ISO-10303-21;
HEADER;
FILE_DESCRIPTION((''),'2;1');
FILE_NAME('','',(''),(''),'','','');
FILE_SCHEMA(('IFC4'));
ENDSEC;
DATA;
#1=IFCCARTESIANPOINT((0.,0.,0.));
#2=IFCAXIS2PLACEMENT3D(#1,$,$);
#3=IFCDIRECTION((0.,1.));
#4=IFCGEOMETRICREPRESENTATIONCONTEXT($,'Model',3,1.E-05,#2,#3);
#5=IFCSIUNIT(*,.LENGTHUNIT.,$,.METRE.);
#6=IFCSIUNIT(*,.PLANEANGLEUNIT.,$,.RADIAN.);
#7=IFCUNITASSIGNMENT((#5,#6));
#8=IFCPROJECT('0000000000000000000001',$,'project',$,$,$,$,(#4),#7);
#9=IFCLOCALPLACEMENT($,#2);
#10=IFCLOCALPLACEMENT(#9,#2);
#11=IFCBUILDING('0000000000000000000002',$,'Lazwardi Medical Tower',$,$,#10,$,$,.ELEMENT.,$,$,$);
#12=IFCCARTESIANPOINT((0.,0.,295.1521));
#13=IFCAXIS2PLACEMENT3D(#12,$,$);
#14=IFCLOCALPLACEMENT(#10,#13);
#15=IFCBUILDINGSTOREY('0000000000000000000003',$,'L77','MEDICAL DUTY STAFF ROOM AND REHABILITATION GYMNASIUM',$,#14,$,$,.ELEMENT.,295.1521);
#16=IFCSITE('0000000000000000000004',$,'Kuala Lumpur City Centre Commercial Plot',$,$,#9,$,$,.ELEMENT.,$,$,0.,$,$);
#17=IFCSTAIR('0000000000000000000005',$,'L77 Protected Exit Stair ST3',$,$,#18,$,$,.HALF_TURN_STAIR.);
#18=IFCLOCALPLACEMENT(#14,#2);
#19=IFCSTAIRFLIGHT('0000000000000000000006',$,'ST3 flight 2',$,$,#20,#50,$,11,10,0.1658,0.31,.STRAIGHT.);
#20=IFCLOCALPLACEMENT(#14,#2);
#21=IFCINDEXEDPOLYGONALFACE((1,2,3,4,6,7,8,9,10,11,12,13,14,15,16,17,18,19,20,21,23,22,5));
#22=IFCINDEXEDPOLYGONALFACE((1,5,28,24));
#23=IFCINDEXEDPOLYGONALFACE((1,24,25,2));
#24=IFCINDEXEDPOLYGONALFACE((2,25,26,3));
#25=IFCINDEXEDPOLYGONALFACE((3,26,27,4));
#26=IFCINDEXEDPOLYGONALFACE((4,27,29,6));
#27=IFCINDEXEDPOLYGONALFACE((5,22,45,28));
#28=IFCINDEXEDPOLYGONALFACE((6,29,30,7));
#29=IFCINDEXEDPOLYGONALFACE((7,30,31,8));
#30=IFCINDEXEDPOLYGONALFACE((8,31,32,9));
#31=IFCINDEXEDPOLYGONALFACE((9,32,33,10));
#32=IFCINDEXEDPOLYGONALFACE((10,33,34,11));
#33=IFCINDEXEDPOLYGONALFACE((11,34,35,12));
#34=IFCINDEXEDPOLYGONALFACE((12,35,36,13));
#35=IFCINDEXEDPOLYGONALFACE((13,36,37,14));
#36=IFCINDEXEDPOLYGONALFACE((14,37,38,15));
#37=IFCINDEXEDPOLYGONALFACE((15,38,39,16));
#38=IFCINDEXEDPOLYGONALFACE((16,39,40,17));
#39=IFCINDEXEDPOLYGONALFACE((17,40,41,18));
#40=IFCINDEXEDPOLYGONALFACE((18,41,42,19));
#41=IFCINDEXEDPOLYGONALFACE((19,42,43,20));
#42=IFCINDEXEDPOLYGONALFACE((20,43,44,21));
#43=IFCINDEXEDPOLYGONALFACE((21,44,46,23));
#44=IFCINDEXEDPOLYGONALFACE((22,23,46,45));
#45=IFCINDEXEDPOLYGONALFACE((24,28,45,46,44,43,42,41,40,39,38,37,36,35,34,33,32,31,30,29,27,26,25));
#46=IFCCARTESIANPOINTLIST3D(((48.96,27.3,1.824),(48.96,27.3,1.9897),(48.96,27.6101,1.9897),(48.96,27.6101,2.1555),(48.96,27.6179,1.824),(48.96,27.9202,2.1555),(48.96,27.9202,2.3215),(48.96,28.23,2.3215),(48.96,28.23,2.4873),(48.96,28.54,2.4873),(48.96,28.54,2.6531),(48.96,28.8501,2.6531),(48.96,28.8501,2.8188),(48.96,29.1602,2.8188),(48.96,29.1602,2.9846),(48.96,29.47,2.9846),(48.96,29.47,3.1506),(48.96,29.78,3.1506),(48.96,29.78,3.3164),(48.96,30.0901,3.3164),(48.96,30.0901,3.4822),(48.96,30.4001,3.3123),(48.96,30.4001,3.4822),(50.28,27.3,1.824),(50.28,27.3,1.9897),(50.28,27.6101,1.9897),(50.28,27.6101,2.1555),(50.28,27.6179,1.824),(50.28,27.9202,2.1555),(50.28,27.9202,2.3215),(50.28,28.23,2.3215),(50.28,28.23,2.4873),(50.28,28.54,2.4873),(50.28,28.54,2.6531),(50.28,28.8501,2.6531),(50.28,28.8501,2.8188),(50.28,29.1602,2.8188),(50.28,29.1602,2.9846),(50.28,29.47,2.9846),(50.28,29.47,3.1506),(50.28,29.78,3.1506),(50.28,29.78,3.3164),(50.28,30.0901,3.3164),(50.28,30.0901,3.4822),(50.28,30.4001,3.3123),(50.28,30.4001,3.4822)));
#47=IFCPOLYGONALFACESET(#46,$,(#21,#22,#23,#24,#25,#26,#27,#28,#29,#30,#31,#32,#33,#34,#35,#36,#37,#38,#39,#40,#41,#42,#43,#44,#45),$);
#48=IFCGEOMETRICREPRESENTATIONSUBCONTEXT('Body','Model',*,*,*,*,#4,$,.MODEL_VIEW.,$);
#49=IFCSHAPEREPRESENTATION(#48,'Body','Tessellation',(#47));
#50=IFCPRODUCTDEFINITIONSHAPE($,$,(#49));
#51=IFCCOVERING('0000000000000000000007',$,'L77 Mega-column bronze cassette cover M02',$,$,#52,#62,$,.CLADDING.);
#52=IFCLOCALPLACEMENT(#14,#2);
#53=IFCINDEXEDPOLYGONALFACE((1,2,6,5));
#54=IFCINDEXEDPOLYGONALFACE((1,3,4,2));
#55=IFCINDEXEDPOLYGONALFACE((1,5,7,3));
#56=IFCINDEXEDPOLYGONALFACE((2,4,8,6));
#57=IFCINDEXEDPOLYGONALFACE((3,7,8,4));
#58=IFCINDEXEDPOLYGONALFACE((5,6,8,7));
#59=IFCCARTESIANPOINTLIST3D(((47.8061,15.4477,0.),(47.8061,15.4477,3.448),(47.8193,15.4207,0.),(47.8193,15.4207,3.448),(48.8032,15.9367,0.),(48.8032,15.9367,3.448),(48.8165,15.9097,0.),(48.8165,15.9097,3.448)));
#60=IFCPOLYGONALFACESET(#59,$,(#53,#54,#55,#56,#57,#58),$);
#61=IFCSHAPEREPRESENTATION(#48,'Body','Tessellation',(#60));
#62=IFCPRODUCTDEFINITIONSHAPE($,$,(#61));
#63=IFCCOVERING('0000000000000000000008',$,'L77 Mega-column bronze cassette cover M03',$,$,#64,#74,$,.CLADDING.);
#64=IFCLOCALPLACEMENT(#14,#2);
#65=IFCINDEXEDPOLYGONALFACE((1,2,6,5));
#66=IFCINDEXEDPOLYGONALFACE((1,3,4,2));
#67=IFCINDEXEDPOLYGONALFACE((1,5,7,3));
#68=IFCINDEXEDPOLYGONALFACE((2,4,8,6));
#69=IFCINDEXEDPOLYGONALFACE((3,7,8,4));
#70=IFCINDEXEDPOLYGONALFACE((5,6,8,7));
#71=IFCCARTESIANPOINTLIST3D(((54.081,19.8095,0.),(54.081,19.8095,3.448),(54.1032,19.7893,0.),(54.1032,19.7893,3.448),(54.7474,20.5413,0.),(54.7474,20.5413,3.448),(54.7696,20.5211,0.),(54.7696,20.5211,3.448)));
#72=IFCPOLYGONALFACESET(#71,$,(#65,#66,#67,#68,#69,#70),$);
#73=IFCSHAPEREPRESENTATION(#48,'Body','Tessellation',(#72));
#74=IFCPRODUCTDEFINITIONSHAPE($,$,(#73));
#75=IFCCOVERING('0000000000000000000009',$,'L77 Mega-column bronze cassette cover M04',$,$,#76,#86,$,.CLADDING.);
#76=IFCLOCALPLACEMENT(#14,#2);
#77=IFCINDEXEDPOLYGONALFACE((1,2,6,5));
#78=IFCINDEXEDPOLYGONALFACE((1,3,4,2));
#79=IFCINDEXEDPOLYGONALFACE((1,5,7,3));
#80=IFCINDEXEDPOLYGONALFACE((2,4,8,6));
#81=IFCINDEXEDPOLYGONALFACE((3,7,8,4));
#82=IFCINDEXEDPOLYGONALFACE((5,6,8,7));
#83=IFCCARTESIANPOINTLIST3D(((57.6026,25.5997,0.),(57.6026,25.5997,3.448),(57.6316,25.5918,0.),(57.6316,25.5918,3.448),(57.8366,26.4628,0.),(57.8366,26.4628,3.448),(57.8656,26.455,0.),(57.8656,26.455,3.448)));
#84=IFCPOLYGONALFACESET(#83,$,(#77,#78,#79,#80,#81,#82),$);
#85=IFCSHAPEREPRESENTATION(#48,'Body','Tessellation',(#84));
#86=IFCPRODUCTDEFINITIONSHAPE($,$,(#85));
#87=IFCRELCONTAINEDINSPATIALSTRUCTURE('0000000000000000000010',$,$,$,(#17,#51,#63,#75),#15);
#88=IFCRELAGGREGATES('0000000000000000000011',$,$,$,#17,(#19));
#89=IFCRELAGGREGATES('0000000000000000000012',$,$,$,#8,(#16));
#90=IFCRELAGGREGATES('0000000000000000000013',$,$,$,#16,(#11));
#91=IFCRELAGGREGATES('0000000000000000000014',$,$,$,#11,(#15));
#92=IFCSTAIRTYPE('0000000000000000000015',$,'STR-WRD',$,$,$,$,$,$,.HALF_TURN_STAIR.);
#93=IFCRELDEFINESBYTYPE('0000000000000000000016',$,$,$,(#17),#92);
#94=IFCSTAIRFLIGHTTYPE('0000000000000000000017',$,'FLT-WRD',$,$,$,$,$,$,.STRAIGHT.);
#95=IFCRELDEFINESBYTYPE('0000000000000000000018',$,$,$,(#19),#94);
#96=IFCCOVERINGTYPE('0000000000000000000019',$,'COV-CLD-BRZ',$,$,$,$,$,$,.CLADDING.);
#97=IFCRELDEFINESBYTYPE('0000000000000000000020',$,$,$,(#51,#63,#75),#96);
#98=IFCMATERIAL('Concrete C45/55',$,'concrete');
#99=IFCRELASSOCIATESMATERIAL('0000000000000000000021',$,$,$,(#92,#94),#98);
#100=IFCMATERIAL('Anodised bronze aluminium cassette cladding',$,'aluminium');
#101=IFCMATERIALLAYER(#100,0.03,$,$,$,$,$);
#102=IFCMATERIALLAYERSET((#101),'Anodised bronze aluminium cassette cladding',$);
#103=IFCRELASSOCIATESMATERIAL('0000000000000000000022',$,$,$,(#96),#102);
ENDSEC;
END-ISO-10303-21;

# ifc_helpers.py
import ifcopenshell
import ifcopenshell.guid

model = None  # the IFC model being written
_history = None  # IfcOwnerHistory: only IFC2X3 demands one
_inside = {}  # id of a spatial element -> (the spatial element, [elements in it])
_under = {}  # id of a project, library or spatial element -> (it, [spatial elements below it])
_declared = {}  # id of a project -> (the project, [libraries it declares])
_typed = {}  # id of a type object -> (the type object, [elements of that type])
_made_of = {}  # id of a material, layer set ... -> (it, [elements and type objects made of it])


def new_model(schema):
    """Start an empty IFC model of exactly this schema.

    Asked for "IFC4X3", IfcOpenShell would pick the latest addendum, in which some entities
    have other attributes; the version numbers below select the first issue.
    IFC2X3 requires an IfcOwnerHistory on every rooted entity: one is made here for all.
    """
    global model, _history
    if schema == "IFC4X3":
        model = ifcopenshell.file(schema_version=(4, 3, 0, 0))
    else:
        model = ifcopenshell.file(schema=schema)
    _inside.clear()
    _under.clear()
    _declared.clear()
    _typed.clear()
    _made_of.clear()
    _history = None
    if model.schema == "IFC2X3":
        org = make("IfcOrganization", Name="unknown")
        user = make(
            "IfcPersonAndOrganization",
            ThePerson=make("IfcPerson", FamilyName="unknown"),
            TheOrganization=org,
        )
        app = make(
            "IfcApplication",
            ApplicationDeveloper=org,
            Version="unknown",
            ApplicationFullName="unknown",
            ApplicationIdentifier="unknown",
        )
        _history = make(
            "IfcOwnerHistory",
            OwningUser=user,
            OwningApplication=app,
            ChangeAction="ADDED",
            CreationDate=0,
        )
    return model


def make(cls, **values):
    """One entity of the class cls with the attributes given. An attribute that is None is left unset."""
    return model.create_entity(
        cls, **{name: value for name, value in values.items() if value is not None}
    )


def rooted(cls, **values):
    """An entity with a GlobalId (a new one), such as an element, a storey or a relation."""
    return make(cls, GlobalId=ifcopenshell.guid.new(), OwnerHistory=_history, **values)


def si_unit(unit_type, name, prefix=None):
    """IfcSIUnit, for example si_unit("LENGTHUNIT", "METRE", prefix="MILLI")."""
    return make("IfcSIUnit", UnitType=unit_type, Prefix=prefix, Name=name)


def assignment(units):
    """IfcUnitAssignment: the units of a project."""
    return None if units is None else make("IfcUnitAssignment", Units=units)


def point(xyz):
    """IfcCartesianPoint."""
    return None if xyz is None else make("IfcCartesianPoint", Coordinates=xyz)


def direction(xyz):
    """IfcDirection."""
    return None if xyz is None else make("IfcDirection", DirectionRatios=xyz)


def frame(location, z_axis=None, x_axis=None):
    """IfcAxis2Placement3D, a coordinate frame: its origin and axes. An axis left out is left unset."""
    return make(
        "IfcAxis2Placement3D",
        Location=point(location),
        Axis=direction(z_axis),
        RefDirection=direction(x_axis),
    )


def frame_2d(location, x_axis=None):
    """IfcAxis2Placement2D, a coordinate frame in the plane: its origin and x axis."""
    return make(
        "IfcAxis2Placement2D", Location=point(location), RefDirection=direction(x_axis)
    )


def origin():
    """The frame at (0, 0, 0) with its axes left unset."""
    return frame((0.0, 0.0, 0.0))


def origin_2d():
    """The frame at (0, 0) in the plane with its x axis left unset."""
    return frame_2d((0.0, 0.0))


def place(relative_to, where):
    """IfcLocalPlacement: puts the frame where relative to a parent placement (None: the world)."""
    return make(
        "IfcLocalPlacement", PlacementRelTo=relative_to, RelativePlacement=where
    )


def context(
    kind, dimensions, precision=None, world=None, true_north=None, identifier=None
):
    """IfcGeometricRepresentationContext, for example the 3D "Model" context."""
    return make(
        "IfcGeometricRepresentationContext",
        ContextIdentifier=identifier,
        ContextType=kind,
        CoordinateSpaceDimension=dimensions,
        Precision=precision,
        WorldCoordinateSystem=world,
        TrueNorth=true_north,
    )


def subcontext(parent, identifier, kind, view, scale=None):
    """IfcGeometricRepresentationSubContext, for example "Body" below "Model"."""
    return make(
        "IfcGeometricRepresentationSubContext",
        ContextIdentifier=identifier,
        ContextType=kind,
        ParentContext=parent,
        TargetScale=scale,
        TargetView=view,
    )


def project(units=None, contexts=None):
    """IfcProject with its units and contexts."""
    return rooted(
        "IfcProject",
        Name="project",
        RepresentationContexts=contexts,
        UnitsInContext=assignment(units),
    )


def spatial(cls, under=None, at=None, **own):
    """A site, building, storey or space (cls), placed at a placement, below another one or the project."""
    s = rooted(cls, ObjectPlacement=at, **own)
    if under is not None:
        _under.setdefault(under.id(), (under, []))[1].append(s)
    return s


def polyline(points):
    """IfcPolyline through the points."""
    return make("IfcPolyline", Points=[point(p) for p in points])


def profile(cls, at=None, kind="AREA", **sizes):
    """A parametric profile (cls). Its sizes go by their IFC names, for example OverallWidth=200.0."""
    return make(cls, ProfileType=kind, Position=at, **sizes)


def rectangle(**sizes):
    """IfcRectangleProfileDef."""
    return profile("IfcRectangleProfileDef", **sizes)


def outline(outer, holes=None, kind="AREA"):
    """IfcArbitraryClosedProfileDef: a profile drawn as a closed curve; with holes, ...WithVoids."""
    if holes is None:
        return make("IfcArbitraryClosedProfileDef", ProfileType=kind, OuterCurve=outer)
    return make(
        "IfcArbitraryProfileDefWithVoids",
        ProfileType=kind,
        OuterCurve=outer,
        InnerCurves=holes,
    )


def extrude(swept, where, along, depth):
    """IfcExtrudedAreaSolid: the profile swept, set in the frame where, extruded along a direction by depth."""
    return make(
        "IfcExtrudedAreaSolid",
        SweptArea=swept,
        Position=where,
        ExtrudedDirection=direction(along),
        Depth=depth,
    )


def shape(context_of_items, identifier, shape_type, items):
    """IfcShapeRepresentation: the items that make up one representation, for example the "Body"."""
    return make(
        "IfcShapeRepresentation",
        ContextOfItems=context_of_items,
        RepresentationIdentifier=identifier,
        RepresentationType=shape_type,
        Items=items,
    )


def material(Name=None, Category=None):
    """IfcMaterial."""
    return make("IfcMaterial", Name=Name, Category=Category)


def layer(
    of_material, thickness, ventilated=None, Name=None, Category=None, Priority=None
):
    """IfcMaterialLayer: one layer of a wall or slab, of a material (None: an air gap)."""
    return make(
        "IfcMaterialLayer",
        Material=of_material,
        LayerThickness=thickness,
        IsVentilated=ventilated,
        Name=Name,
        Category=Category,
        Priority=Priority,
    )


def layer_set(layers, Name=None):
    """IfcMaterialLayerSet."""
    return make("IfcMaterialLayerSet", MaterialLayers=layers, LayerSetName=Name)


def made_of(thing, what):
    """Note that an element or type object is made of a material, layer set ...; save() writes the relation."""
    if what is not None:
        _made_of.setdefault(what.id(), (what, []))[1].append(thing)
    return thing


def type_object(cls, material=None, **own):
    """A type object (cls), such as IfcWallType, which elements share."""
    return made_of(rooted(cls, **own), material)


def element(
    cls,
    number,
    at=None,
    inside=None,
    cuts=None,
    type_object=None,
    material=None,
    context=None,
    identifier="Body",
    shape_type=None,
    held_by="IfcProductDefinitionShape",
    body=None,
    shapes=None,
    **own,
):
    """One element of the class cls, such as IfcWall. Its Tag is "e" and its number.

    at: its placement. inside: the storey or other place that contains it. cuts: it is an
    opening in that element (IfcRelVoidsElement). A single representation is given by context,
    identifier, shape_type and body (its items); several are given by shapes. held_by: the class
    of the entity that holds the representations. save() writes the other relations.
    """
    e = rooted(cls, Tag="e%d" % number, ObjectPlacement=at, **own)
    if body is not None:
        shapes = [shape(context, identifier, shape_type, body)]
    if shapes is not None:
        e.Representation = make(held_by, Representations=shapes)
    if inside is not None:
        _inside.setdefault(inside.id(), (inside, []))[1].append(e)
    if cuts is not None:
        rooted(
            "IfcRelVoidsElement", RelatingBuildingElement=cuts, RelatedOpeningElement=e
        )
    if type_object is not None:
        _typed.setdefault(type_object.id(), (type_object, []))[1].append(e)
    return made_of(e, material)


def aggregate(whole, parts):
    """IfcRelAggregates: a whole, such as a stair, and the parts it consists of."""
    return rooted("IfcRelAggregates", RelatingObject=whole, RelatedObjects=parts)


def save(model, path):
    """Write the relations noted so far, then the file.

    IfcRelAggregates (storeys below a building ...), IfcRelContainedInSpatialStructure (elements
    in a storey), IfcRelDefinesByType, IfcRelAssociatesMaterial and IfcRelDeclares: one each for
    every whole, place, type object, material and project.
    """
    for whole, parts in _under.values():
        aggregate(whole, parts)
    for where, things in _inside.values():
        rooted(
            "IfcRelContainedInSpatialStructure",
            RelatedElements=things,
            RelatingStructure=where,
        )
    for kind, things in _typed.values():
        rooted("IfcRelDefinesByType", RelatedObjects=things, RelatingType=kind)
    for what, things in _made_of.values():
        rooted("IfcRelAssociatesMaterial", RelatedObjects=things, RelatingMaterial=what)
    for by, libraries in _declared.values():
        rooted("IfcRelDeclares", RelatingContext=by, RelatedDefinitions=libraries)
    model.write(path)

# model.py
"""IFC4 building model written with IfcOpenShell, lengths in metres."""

from ifc_helpers import new_model, si_unit, direction, frame, origin, origin_2d, place, context, subcontext, project, spatial, polyline, rectangle, outline, extrude, material, layer, layer_set, type_object, element, aggregate, save


model = new_model("IFC4")

# Units and contexts
model_context = context("Model", 3, precision=1e-05, world=origin(), true_north=direction((0.0, 1.0)))
body_context = subcontext(model_context, "Body", "Model", "MODEL_VIEW")
ifc_project = project(units=[si_unit("LENGTHUNIT", "METRE"), si_unit("PLANEANGLEUNIT", "RADIAN")], contexts=[model_context])

# Site, building, storey
site_placement = place(None, origin())
site = spatial("IfcSite", under=ifc_project, at=site_placement, Name="Kuala Lumpur City Centre Commercial Plot", CompositionType="ELEMENT", RefElevation=0.0)
building_placement = place(site_placement, origin())
building = spatial("IfcBuilding", under=site, at=building_placement, Name="Lazwardi Medical Tower", CompositionType="ELEMENT")
storey_placement = place(building_placement, frame((0.0, 0.0, 295.1521)))
storey = spatial("IfcBuildingStorey", under=building, at=storey_placement, Name="L77", Description="MEDICAL DUTY STAFF ROOM AND REHABILITATION GYMNASIUM", CompositionType="ELEMENT", Elevation=295.1521)

# Stair, stair flight
ifc_material_1 = material(Name="Concrete C45/55", Category="concrete")
stair_type = type_object("IfcStairType", Name="STR-WRD", PredefinedType="HALF_TURN_STAIR", material=ifc_material_1)
stair_placement = place(storey_placement, origin())
stair = element("IfcStair", 1, at=stair_placement, inside=storey, type_object=stair_type, Name="L77 Protected Exit Stair ST3", PredefinedType="HALF_TURN_STAIR")
stair_flight_type = type_object("IfcStairFlightType", Name="FLT-WRD", PredefinedType="STRAIGHT", material=ifc_material_1)
stair_flight_placement = place(storey_placement, frame((49.6201, 27.3, 1.824), z_axis=(0.0, 0.0, 1.0), x_axis=(0.0, 1.0, 0.0)))
stair_flight = element("IfcStairFlight", 2, at=stair_flight_placement, type_object=stair_flight_type, Name="ST3 flight 2", NumberOfRisers=11, NumberOfTreads=10, PredefinedType="STRAIGHT", RiserHeight=0.1658, TreadLength=0.31, context=body_context, shape_type="SweptSolid", body=[
    extrude(outline(polyline([(0.0, 0.0), (0.0, 0.1658), (0.3101, 0.1658), (0.3101, 0.3315), (0.6201, 0.3315), (0.6201, 0.4976), (0.9299, 0.4976), (0.9299, 0.6633), (1.24, 0.6633), (1.24, 0.8291), (1.55, 0.8291), (1.55, 0.9949), (1.8601, 0.9949), (1.8601, 1.1606), (2.1699, 1.1606), (2.1699, 1.3267), (2.48, 1.3267), (2.48, 1.4924), (2.79, 1.4924), (2.79, 1.6582), (3.1001, 1.6582), (3.1001, 1.824), (3.1001, 1.4883), (0.3179, 0.0), (0.0, 0.0)])), frame((0.0, 0.6602, 0.0), z_axis=(0.0, -1.0, 0.0), x_axis=(1.0, 0.0, 0.0)), (0.0, 0.0, 1.0), 1.3201),
])
aggregate(stair, [stair_flight])

# Coverings
ifc_material_2 = material(Name="Anodised bronze aluminium cassette cladding", Category="aluminium")
ifc_layer_1 = layer(ifc_material_2, 0.03)
ifc_layer_set_1 = layer_set([ifc_layer_1], Name="Anodised bronze aluminium cassette cladding")
covering_type = type_object("IfcCoveringType", Name="COV-CLD-BRZ", PredefinedType="CLADDING", material=ifc_layer_set_1)
covering_1_placement = place(storey_placement, frame((48.3113, 15.6787, 0.0), z_axis=(0.0, 0.0, 1.0), x_axis=(0.89784, 0.440322, 0.0)))
element("IfcCovering", 3, at=covering_1_placement, inside=storey, type_object=covering_type, Name="L77 Mega-column bronze cassette cover M02", PredefinedType="CLADDING", context=body_context, shape_type="SweptSolid", body=[
    extrude(rectangle(XDim=1.1106, YDim=0.03, at=origin_2d()), origin(), (0.0, 0.0, 1.0), 3.448),
])
covering_2_placement = place(storey_placement, frame((54.4253, 20.1653, 0.0), z_axis=(0.0, 0.0, 1.0), x_axis=(0.673241, 0.739423, 0.0)))
element("IfcCovering", 4, at=covering_2_placement, inside=storey, type_object=covering_type, Name="L77 Mega-column bronze cassette cover M03", PredefinedType="CLADDING", context=body_context, shape_type="SweptSolid", body=[
    extrude(rectangle(XDim=0.9897, YDim=0.03, at=origin_2d()), origin(), (0.0, 0.0, 1.0), 3.448),
])
covering_3_placement = place(storey_placement, frame((57.7341, 26.0273, 0.0), z_axis=(0.0, 0.0, 1.0), x_axis=(0.261642, 0.965165, 0.0)))
element("IfcCovering", 5, at=covering_3_placement, inside=storey, type_object=covering_type, Name="L77 Mega-column bronze cassette cover M04", PredefinedType="CLADDING", context=body_context, shape_type="SweptSolid", body=[
    extrude(rectangle(XDim=0.8943, YDim=0.03, at=origin_2d()), origin(), (0.0, 0.0, 1.0), 3.448),
])

save(model, "model.ifc")
